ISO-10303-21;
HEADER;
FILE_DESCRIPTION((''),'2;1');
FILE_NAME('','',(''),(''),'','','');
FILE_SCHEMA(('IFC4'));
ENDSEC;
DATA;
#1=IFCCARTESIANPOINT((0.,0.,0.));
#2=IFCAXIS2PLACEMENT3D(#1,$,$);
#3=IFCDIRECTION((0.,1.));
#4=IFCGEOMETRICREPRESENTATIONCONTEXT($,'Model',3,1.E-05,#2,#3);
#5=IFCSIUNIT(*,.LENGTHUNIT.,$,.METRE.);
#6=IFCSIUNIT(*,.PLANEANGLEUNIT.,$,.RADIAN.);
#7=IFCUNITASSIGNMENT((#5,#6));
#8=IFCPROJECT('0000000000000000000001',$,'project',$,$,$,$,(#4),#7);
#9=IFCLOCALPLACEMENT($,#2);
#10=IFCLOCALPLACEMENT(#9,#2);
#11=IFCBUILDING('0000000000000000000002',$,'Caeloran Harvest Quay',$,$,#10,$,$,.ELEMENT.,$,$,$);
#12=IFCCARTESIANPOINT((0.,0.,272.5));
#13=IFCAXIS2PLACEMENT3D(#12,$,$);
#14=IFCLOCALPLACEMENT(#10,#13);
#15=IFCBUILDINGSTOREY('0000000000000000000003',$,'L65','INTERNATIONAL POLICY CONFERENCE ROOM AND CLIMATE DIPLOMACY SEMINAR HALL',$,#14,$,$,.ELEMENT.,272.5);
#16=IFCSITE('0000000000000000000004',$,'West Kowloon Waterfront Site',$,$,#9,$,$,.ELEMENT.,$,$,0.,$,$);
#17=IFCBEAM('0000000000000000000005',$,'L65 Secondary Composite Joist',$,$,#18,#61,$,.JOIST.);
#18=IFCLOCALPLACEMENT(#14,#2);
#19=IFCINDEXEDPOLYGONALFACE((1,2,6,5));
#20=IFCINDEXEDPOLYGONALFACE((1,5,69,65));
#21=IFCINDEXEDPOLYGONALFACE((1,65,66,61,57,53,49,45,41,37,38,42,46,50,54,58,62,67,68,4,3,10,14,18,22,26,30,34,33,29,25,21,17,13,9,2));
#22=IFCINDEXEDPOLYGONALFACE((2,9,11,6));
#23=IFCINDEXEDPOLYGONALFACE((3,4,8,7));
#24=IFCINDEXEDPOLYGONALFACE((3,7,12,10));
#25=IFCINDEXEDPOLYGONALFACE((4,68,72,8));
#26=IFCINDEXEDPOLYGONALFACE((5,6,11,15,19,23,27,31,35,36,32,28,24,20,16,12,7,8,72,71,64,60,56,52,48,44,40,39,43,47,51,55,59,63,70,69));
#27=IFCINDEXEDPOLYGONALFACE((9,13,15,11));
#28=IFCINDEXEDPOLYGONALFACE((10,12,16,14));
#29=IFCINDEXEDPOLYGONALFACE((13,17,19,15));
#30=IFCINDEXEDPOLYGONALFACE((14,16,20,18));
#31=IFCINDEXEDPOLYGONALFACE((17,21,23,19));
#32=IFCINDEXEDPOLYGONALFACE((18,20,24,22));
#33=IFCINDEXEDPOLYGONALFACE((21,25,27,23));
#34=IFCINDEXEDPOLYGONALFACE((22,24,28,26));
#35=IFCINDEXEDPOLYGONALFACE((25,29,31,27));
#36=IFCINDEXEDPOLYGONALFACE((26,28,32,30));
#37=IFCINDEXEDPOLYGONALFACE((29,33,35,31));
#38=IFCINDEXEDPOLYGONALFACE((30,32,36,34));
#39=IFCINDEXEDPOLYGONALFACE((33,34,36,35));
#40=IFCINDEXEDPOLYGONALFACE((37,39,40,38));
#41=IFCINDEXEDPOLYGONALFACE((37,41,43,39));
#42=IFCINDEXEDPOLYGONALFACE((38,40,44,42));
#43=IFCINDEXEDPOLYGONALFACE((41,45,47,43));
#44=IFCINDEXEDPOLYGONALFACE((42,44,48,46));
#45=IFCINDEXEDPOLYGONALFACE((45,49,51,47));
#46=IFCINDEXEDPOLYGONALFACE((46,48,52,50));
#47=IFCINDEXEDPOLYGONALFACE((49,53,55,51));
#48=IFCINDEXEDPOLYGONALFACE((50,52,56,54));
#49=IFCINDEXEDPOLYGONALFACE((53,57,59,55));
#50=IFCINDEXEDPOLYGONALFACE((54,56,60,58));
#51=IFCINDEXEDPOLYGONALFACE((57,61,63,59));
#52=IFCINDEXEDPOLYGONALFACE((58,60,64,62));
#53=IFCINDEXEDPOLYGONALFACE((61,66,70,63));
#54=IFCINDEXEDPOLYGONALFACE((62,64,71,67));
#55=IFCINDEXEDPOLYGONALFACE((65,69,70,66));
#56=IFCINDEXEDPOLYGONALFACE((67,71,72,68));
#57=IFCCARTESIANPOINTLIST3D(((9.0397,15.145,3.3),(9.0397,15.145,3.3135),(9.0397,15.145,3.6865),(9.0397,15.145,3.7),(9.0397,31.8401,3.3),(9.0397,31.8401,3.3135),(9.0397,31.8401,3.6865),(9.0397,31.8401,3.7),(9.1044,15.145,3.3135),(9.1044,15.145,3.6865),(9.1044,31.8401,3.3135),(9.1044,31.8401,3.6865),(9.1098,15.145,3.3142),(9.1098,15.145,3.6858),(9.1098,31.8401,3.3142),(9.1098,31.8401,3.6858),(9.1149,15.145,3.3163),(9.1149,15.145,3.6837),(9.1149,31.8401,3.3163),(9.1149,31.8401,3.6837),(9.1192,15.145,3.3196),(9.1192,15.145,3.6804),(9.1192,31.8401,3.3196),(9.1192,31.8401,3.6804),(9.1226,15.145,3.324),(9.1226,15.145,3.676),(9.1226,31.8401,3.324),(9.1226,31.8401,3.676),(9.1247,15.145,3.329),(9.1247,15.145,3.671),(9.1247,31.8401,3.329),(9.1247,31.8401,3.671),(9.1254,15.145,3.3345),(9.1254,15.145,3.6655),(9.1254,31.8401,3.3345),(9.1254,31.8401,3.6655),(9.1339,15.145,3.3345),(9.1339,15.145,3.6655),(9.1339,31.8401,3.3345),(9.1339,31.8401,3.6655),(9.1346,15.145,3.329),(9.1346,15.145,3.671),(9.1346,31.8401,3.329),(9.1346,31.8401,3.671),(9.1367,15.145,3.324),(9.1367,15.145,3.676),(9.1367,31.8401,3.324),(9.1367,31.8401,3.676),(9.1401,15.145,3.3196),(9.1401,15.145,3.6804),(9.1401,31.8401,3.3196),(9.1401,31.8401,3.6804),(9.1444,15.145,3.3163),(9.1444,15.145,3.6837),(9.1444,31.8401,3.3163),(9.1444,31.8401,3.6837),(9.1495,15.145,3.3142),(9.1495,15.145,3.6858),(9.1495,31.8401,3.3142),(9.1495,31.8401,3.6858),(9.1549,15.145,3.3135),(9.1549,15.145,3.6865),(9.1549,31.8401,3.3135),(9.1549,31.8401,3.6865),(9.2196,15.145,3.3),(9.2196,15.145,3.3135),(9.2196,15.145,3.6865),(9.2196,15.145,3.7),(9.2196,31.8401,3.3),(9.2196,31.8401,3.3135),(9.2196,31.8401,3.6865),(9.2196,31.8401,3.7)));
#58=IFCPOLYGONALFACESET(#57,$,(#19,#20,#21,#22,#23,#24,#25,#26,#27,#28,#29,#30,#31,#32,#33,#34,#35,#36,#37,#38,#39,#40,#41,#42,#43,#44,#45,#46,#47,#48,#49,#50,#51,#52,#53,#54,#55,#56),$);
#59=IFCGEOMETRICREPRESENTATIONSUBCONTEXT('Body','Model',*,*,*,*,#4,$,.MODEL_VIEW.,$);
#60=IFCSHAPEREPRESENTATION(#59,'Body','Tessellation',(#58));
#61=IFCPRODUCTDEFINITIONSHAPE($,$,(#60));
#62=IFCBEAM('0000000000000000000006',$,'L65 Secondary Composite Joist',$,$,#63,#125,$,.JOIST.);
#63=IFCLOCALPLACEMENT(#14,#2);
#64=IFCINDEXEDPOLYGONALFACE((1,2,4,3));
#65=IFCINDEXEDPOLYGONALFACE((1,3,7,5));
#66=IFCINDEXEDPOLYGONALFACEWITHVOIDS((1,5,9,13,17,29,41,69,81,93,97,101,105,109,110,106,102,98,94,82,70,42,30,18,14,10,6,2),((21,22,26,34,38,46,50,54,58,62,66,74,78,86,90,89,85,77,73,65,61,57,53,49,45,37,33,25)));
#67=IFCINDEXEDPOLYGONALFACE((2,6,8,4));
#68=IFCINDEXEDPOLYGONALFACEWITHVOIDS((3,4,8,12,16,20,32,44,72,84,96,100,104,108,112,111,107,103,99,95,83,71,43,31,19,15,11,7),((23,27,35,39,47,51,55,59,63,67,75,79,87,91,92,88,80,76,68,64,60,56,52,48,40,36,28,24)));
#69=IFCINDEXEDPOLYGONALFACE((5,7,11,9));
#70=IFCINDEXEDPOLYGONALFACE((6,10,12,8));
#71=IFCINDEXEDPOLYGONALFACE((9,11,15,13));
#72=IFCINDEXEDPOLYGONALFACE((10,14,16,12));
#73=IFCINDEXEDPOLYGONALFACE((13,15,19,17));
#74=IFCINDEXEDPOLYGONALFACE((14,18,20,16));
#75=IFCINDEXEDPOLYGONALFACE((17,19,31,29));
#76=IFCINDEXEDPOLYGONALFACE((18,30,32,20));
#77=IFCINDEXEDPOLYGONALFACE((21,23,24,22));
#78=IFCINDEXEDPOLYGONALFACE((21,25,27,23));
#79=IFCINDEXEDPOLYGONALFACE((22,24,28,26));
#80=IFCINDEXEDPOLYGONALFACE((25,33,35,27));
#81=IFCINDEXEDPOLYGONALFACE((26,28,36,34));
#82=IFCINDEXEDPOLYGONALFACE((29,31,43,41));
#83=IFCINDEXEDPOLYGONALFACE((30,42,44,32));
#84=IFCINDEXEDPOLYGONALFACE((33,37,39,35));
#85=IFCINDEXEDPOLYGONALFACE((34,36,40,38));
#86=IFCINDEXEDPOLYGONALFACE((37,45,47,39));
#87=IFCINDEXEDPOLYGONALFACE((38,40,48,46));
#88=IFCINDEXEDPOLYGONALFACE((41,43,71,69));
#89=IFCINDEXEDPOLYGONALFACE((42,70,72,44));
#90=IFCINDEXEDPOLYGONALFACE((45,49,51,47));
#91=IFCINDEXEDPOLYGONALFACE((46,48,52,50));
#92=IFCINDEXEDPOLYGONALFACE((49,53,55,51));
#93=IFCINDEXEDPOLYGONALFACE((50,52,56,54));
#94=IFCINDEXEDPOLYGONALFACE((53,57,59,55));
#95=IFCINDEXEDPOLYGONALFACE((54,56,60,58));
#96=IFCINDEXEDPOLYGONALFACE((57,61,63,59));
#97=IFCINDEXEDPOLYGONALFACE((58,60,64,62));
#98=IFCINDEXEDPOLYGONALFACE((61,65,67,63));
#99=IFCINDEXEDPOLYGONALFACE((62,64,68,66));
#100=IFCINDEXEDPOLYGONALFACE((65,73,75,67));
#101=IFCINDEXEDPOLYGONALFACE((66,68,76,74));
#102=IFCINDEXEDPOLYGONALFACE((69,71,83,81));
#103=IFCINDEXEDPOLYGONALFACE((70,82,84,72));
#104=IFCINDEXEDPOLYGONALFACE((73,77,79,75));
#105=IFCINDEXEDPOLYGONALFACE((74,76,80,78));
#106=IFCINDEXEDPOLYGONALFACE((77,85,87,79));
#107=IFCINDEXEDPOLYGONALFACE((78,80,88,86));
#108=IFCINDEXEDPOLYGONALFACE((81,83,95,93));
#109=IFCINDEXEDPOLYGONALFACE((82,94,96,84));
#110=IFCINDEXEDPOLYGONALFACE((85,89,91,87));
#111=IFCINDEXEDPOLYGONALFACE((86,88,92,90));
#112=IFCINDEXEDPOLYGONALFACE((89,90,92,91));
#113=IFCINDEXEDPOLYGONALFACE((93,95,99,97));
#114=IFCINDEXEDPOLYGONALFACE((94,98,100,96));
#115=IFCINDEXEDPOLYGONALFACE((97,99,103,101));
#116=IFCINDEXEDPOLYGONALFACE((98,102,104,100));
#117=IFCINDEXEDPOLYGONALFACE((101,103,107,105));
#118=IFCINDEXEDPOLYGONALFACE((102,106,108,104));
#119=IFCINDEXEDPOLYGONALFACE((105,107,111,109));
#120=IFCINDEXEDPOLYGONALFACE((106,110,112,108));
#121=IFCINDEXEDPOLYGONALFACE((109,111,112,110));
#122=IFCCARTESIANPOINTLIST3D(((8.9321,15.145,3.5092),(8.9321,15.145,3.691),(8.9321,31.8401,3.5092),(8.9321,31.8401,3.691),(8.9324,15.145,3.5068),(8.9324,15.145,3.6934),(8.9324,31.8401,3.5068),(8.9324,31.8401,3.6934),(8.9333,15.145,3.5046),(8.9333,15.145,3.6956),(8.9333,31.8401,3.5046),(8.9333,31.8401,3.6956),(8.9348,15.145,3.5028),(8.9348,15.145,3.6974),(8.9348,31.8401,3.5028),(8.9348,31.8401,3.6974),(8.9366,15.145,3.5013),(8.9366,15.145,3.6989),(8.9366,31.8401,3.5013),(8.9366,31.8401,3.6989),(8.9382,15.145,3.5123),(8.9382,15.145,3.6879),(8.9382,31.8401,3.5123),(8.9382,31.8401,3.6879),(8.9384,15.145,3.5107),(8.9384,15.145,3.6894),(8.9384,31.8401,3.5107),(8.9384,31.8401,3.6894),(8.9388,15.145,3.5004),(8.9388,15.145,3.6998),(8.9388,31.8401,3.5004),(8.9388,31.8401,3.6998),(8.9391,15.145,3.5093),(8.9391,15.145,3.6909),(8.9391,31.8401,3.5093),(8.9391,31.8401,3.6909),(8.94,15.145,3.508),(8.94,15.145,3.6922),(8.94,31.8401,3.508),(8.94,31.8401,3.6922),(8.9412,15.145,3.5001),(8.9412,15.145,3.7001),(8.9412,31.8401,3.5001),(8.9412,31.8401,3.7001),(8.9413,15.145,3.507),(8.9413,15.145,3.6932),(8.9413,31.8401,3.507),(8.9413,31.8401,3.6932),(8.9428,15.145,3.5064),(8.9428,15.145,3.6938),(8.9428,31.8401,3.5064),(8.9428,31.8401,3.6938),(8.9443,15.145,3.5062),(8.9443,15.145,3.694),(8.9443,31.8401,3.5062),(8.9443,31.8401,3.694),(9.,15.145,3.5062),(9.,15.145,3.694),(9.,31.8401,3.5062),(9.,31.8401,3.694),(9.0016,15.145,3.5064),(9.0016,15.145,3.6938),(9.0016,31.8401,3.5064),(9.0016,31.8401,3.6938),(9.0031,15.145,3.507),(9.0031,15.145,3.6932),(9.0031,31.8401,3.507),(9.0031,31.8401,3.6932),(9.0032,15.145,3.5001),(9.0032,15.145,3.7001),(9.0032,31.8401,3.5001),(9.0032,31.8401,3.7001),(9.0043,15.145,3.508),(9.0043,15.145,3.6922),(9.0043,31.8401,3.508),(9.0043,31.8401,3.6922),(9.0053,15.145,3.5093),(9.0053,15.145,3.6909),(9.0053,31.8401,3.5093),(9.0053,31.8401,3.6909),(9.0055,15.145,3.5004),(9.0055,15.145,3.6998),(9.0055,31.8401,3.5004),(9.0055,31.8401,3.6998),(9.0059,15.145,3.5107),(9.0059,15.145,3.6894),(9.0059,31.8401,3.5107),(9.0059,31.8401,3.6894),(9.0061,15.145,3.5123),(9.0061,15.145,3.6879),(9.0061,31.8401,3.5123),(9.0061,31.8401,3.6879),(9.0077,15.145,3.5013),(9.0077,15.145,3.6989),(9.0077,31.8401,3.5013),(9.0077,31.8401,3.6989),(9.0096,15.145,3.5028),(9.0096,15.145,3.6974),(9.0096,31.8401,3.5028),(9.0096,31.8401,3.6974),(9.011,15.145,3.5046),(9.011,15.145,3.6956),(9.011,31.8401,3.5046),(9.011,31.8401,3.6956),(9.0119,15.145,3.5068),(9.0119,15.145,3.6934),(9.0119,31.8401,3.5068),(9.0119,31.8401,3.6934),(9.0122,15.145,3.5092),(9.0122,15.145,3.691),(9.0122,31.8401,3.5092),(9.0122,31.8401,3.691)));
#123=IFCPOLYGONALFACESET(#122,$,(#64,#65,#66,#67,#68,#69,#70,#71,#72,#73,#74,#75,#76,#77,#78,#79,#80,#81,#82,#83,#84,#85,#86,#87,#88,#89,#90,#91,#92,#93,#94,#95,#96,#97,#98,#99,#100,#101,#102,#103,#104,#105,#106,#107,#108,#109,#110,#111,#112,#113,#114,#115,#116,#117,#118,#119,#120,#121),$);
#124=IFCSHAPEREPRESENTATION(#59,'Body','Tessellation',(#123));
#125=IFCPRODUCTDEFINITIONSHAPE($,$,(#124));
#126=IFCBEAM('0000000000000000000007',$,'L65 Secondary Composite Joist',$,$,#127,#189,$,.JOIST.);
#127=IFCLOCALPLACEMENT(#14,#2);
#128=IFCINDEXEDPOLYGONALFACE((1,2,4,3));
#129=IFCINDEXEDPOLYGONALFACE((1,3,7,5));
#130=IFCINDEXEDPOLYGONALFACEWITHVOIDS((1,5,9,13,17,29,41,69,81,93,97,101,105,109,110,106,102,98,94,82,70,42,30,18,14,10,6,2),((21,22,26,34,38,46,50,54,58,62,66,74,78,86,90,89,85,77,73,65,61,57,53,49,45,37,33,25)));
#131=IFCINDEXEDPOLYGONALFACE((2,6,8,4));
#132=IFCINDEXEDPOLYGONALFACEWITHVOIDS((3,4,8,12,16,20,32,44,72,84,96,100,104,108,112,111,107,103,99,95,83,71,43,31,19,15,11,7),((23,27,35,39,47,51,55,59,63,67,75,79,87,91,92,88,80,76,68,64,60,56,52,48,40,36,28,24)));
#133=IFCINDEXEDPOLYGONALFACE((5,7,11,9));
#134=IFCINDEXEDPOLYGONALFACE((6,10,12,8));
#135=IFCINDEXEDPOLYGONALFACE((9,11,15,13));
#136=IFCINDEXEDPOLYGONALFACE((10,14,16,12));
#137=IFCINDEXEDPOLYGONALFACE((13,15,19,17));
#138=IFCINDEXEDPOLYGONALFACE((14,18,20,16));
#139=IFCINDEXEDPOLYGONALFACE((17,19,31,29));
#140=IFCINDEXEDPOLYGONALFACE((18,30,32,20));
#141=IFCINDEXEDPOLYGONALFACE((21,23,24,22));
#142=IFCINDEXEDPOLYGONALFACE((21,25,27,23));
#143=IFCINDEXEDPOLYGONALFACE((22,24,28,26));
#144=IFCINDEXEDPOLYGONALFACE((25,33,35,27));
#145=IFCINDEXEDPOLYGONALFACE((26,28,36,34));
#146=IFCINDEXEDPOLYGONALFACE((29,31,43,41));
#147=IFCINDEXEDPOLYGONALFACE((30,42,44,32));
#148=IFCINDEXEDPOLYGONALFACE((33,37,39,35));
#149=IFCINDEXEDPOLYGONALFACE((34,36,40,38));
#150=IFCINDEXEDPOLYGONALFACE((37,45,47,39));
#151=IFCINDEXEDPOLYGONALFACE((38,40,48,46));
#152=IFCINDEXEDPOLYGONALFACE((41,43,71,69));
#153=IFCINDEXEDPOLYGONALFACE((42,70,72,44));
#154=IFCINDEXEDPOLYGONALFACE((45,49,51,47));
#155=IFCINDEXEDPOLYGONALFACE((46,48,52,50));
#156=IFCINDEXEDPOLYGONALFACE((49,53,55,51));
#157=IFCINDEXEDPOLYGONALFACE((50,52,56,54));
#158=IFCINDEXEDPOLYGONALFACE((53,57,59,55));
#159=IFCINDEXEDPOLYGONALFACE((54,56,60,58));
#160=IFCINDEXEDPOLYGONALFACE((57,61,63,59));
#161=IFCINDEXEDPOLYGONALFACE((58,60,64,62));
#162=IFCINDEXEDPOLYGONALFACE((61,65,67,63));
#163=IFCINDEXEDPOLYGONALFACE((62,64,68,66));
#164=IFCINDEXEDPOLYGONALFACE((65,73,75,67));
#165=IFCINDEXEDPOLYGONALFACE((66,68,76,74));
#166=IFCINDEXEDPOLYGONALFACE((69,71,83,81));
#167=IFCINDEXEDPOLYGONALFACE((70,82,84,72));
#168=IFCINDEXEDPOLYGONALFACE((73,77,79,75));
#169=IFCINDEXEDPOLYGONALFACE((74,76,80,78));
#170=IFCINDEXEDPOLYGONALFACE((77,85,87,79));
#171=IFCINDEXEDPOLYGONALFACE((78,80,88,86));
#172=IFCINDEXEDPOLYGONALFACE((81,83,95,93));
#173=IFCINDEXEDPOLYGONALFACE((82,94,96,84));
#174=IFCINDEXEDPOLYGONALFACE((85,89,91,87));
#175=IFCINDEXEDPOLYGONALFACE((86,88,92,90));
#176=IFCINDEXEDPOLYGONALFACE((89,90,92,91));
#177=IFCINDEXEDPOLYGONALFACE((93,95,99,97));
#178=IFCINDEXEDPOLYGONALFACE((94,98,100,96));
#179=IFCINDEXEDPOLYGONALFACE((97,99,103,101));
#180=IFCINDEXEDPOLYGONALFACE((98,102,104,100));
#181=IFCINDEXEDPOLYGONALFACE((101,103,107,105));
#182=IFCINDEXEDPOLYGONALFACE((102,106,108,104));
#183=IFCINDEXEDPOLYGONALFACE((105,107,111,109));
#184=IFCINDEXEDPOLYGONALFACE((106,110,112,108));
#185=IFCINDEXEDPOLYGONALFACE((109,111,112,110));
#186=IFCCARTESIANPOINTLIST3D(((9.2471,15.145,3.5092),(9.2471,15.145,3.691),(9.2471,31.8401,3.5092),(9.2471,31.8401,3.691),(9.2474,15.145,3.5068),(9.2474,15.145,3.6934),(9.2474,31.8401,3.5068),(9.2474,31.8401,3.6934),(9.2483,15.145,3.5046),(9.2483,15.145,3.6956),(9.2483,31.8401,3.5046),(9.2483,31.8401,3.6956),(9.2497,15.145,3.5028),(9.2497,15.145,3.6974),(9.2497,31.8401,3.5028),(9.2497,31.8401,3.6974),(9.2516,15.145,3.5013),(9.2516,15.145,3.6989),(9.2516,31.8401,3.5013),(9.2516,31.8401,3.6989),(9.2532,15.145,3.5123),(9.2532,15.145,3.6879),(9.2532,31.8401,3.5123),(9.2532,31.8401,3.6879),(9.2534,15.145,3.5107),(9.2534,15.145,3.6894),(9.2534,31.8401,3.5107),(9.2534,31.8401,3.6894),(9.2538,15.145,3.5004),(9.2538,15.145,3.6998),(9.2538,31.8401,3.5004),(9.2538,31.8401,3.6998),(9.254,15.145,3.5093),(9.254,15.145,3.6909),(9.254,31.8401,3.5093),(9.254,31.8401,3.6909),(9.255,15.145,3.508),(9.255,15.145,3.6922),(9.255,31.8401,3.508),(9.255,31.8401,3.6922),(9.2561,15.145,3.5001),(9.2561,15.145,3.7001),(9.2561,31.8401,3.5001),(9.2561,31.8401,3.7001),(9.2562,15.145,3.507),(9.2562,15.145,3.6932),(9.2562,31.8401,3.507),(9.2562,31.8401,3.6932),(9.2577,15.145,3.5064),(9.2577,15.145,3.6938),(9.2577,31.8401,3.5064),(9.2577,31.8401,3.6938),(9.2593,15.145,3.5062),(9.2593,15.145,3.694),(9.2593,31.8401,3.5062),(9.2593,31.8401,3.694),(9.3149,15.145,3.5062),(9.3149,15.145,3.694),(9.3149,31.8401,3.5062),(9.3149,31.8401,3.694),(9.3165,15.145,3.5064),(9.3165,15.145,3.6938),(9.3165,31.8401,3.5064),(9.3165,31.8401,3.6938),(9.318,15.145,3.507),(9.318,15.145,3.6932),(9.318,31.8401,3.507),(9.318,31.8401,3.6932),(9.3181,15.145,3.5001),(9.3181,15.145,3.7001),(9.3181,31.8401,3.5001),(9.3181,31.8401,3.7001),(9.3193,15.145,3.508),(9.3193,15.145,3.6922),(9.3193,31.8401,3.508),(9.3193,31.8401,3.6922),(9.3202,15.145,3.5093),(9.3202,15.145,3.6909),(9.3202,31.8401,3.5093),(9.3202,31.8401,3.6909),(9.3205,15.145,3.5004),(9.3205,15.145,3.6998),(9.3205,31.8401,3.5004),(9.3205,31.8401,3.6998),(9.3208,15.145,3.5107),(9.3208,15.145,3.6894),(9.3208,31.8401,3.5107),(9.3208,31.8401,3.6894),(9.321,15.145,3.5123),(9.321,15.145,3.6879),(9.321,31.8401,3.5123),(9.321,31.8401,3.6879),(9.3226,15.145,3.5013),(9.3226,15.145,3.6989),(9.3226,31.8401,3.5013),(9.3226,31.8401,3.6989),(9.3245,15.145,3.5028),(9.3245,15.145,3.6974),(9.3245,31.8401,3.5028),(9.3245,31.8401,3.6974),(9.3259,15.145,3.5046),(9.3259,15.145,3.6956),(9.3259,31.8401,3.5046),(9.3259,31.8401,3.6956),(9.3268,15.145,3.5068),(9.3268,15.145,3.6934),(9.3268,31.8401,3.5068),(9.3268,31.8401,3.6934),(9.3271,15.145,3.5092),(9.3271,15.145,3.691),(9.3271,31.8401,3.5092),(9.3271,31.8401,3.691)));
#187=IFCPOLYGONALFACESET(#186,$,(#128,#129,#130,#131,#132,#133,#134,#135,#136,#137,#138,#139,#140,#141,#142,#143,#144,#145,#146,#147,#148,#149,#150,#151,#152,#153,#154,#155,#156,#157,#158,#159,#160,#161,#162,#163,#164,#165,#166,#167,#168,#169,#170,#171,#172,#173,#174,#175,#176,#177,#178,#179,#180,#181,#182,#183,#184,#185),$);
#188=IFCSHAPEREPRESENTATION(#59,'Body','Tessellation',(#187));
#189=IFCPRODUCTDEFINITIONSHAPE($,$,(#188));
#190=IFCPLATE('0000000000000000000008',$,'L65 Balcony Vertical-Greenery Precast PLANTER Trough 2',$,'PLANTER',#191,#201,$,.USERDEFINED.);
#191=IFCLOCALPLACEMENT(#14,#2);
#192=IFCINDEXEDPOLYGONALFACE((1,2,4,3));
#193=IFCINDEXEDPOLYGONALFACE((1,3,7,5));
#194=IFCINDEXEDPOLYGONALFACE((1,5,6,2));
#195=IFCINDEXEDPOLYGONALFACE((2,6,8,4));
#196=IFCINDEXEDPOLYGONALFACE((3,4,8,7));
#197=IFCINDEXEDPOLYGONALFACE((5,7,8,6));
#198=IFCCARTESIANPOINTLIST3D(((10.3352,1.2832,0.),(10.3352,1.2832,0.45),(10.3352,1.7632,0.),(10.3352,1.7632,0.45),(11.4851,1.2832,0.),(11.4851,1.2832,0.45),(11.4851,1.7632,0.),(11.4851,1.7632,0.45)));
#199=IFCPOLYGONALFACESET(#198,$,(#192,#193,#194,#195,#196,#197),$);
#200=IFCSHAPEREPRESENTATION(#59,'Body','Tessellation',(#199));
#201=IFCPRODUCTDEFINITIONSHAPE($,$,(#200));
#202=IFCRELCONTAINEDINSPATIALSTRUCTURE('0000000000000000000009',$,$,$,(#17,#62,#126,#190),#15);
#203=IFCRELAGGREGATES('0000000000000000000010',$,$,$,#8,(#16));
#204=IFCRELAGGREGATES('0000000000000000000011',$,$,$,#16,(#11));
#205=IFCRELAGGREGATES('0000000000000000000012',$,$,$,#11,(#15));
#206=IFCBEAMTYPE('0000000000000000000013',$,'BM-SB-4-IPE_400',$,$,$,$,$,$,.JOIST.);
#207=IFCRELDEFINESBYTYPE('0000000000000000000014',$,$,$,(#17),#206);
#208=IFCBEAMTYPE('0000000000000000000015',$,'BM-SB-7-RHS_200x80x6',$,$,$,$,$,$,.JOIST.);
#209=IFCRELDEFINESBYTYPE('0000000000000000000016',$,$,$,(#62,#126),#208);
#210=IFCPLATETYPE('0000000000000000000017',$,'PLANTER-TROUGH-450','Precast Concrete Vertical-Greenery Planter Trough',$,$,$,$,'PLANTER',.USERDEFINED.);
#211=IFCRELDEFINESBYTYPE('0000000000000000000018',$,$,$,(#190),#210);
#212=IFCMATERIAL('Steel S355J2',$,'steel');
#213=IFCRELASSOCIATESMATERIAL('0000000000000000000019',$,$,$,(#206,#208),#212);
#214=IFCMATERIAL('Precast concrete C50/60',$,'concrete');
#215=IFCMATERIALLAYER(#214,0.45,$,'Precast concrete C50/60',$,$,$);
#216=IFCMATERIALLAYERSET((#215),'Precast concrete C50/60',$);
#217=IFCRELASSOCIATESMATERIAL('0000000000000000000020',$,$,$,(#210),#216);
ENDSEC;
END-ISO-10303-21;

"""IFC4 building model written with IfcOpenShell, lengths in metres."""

from ifc_helpers import new_model, si_unit, direction, frame, origin, origin_2d, place, context, subcontext, project, spatial, rectangle, hollow_rectangle, i_section, extrude, material, layer, layer_set, material_profile, profile_set, type_object, element, save


model = new_model("IFC4")

# Units and contexts
model_context = context("Model", 3, precision=1e-05, world=origin(), true_north=direction((0.0, 1.0)))
body_context = subcontext(model_context, "Body", "Model", "MODEL_VIEW")
ifc_project = project(units=[si_unit("LENGTHUNIT", "METRE"), si_unit("PLANEANGLEUNIT", "RADIAN")], contexts=[model_context])

# Site, building, storey
site_placement = place(None, origin())
site = spatial("IfcSite", under=ifc_project, at=site_placement, Name="West Kowloon Waterfront Site", CompositionType="ELEMENT", RefElevation=0.0)
building_placement = place(site_placement, origin())
building = spatial("IfcBuilding", under=site, at=building_placement, Name="Caeloran Harvest Quay", CompositionType="ELEMENT")
storey_placement = place(building_placement, frame((0.0, 0.0, 272.5)))
storey = spatial("IfcBuildingStorey", under=building, at=storey_placement, Name="L65", Description="INTERNATIONAL POLICY CONFERENCE ROOM AND CLIMATE DIPLOMACY SEMINAR HALL", CompositionType="ELEMENT", Elevation=272.5)

# Beams
ifc_material_1 = material(Name="Steel S355J2", Category="steel")
ifc_material_profile_1 = material_profile(ifc_material_1, i_section(OverallWidth=0.1799, OverallDepth=0.3999, WebThickness=0.0085, FlangeThickness=0.0134, FilletRadius=0.021, at=origin_2d()), Name="IPE 400")
ifc_profile_set_1 = profile_set([ifc_material_profile_1], Name="Steel S355J2")
beam_type_1 = type_object("IfcBeamType", Name="BM-SB-4-IPE_400", PredefinedType="JOIST", material=ifc_profile_set_1)
beam_1_placement = place(storey_placement, frame((9.1296, 15.145, 3.5), z_axis=(0.0, 1.0, 0.0), x_axis=(-1.0, 0.0, 0.0)))
element("IfcBeam", 1, at=beam_1_placement, inside=storey, type_object=beam_type_1, Name="L65 Secondary Composite Joist", PredefinedType="JOIST", context=body_context, shape_type="SweptSolid", body=[
    extrude(i_section(OverallWidth=0.1799, OverallDepth=0.3999, WebThickness=0.0085, FlangeThickness=0.0134, FilletRadius=0.021, at=origin_2d()), origin(), (0.0, 0.0, 1.0), 16.6951),
])
ifc_material_profile_2 = material_profile(ifc_material_1, hollow_rectangle(XDim=0.0801, YDim=0.2, WallThickness=0.0061, InnerFilletRadius=0.0061, OuterFilletRadius=0.009, at=origin_2d()), Name="RHS 200x80x6")
ifc_profile_set_2 = profile_set([ifc_material_profile_2], Name="Steel S355J2")
beam_type_2 = type_object("IfcBeamType", Name="BM-SB-7-RHS_200x80x6", PredefinedType="JOIST", material=ifc_profile_set_2)
for number, where, z_axis, x_axis, name in (
    (2, (8.9722, 15.145, 3.6001), (0.0, 1.0, 0.0), (-1.0, 0.0, 0.0), "L65 Secondary Composite Joist"),
    (3, (9.2871, 15.145, 3.6001), (0.0, 1.0, 0.0), (-1.0, 0.0, 0.0), "L65 Secondary Composite Joist"),
):
    element("IfcBeam", number, at=place(storey_placement, frame(where, z_axis=z_axis, x_axis=x_axis)), inside=storey, type_object=beam_type_2, Name=name, PredefinedType="JOIST", context=body_context, shape_type="SweptSolid", body=[
        extrude(hollow_rectangle(XDim=0.0801, YDim=0.2, WallThickness=0.0061, InnerFilletRadius=0.0061, OuterFilletRadius=0.009, at=origin_2d()), origin(), (0.0, 0.0, 1.0), 16.6951),
    ])

# Plate
ifc_material_2 = material(Name="Precast concrete C50/60", Category="concrete")
ifc_layer_1 = layer(ifc_material_2, 0.45, Name="Precast concrete C50/60")
ifc_layer_set_1 = layer_set([ifc_layer_1], Name="Precast concrete C50/60")
plate_type = type_object("IfcPlateType", Name="PLANTER-TROUGH-450", Description="Precast Concrete Vertical-Greenery Planter Trough", ElementType="PLANTER", PredefinedType="USERDEFINED", material=ifc_layer_set_1)
plate_placement = place(storey_placement, frame((10.9102, 1.5232, 0.0), z_axis=(0.0, 0.0, 1.0), x_axis=(1.0, 0.0, 0.0)))
element("IfcPlate", 4, at=plate_placement, inside=storey, type_object=plate_type, Name="L65 Balcony Vertical-Greenery Precast PLANTER Trough 2", ObjectType="PLANTER", PredefinedType="USERDEFINED", context=body_context, shape_type="SweptSolid", body=[
    extrude(rectangle(XDim=1.1499, YDim=0.48, at=origin_2d()), origin(), (0.0, 0.0, 1.0), 0.45),
])

save(model, "model.ifc")
